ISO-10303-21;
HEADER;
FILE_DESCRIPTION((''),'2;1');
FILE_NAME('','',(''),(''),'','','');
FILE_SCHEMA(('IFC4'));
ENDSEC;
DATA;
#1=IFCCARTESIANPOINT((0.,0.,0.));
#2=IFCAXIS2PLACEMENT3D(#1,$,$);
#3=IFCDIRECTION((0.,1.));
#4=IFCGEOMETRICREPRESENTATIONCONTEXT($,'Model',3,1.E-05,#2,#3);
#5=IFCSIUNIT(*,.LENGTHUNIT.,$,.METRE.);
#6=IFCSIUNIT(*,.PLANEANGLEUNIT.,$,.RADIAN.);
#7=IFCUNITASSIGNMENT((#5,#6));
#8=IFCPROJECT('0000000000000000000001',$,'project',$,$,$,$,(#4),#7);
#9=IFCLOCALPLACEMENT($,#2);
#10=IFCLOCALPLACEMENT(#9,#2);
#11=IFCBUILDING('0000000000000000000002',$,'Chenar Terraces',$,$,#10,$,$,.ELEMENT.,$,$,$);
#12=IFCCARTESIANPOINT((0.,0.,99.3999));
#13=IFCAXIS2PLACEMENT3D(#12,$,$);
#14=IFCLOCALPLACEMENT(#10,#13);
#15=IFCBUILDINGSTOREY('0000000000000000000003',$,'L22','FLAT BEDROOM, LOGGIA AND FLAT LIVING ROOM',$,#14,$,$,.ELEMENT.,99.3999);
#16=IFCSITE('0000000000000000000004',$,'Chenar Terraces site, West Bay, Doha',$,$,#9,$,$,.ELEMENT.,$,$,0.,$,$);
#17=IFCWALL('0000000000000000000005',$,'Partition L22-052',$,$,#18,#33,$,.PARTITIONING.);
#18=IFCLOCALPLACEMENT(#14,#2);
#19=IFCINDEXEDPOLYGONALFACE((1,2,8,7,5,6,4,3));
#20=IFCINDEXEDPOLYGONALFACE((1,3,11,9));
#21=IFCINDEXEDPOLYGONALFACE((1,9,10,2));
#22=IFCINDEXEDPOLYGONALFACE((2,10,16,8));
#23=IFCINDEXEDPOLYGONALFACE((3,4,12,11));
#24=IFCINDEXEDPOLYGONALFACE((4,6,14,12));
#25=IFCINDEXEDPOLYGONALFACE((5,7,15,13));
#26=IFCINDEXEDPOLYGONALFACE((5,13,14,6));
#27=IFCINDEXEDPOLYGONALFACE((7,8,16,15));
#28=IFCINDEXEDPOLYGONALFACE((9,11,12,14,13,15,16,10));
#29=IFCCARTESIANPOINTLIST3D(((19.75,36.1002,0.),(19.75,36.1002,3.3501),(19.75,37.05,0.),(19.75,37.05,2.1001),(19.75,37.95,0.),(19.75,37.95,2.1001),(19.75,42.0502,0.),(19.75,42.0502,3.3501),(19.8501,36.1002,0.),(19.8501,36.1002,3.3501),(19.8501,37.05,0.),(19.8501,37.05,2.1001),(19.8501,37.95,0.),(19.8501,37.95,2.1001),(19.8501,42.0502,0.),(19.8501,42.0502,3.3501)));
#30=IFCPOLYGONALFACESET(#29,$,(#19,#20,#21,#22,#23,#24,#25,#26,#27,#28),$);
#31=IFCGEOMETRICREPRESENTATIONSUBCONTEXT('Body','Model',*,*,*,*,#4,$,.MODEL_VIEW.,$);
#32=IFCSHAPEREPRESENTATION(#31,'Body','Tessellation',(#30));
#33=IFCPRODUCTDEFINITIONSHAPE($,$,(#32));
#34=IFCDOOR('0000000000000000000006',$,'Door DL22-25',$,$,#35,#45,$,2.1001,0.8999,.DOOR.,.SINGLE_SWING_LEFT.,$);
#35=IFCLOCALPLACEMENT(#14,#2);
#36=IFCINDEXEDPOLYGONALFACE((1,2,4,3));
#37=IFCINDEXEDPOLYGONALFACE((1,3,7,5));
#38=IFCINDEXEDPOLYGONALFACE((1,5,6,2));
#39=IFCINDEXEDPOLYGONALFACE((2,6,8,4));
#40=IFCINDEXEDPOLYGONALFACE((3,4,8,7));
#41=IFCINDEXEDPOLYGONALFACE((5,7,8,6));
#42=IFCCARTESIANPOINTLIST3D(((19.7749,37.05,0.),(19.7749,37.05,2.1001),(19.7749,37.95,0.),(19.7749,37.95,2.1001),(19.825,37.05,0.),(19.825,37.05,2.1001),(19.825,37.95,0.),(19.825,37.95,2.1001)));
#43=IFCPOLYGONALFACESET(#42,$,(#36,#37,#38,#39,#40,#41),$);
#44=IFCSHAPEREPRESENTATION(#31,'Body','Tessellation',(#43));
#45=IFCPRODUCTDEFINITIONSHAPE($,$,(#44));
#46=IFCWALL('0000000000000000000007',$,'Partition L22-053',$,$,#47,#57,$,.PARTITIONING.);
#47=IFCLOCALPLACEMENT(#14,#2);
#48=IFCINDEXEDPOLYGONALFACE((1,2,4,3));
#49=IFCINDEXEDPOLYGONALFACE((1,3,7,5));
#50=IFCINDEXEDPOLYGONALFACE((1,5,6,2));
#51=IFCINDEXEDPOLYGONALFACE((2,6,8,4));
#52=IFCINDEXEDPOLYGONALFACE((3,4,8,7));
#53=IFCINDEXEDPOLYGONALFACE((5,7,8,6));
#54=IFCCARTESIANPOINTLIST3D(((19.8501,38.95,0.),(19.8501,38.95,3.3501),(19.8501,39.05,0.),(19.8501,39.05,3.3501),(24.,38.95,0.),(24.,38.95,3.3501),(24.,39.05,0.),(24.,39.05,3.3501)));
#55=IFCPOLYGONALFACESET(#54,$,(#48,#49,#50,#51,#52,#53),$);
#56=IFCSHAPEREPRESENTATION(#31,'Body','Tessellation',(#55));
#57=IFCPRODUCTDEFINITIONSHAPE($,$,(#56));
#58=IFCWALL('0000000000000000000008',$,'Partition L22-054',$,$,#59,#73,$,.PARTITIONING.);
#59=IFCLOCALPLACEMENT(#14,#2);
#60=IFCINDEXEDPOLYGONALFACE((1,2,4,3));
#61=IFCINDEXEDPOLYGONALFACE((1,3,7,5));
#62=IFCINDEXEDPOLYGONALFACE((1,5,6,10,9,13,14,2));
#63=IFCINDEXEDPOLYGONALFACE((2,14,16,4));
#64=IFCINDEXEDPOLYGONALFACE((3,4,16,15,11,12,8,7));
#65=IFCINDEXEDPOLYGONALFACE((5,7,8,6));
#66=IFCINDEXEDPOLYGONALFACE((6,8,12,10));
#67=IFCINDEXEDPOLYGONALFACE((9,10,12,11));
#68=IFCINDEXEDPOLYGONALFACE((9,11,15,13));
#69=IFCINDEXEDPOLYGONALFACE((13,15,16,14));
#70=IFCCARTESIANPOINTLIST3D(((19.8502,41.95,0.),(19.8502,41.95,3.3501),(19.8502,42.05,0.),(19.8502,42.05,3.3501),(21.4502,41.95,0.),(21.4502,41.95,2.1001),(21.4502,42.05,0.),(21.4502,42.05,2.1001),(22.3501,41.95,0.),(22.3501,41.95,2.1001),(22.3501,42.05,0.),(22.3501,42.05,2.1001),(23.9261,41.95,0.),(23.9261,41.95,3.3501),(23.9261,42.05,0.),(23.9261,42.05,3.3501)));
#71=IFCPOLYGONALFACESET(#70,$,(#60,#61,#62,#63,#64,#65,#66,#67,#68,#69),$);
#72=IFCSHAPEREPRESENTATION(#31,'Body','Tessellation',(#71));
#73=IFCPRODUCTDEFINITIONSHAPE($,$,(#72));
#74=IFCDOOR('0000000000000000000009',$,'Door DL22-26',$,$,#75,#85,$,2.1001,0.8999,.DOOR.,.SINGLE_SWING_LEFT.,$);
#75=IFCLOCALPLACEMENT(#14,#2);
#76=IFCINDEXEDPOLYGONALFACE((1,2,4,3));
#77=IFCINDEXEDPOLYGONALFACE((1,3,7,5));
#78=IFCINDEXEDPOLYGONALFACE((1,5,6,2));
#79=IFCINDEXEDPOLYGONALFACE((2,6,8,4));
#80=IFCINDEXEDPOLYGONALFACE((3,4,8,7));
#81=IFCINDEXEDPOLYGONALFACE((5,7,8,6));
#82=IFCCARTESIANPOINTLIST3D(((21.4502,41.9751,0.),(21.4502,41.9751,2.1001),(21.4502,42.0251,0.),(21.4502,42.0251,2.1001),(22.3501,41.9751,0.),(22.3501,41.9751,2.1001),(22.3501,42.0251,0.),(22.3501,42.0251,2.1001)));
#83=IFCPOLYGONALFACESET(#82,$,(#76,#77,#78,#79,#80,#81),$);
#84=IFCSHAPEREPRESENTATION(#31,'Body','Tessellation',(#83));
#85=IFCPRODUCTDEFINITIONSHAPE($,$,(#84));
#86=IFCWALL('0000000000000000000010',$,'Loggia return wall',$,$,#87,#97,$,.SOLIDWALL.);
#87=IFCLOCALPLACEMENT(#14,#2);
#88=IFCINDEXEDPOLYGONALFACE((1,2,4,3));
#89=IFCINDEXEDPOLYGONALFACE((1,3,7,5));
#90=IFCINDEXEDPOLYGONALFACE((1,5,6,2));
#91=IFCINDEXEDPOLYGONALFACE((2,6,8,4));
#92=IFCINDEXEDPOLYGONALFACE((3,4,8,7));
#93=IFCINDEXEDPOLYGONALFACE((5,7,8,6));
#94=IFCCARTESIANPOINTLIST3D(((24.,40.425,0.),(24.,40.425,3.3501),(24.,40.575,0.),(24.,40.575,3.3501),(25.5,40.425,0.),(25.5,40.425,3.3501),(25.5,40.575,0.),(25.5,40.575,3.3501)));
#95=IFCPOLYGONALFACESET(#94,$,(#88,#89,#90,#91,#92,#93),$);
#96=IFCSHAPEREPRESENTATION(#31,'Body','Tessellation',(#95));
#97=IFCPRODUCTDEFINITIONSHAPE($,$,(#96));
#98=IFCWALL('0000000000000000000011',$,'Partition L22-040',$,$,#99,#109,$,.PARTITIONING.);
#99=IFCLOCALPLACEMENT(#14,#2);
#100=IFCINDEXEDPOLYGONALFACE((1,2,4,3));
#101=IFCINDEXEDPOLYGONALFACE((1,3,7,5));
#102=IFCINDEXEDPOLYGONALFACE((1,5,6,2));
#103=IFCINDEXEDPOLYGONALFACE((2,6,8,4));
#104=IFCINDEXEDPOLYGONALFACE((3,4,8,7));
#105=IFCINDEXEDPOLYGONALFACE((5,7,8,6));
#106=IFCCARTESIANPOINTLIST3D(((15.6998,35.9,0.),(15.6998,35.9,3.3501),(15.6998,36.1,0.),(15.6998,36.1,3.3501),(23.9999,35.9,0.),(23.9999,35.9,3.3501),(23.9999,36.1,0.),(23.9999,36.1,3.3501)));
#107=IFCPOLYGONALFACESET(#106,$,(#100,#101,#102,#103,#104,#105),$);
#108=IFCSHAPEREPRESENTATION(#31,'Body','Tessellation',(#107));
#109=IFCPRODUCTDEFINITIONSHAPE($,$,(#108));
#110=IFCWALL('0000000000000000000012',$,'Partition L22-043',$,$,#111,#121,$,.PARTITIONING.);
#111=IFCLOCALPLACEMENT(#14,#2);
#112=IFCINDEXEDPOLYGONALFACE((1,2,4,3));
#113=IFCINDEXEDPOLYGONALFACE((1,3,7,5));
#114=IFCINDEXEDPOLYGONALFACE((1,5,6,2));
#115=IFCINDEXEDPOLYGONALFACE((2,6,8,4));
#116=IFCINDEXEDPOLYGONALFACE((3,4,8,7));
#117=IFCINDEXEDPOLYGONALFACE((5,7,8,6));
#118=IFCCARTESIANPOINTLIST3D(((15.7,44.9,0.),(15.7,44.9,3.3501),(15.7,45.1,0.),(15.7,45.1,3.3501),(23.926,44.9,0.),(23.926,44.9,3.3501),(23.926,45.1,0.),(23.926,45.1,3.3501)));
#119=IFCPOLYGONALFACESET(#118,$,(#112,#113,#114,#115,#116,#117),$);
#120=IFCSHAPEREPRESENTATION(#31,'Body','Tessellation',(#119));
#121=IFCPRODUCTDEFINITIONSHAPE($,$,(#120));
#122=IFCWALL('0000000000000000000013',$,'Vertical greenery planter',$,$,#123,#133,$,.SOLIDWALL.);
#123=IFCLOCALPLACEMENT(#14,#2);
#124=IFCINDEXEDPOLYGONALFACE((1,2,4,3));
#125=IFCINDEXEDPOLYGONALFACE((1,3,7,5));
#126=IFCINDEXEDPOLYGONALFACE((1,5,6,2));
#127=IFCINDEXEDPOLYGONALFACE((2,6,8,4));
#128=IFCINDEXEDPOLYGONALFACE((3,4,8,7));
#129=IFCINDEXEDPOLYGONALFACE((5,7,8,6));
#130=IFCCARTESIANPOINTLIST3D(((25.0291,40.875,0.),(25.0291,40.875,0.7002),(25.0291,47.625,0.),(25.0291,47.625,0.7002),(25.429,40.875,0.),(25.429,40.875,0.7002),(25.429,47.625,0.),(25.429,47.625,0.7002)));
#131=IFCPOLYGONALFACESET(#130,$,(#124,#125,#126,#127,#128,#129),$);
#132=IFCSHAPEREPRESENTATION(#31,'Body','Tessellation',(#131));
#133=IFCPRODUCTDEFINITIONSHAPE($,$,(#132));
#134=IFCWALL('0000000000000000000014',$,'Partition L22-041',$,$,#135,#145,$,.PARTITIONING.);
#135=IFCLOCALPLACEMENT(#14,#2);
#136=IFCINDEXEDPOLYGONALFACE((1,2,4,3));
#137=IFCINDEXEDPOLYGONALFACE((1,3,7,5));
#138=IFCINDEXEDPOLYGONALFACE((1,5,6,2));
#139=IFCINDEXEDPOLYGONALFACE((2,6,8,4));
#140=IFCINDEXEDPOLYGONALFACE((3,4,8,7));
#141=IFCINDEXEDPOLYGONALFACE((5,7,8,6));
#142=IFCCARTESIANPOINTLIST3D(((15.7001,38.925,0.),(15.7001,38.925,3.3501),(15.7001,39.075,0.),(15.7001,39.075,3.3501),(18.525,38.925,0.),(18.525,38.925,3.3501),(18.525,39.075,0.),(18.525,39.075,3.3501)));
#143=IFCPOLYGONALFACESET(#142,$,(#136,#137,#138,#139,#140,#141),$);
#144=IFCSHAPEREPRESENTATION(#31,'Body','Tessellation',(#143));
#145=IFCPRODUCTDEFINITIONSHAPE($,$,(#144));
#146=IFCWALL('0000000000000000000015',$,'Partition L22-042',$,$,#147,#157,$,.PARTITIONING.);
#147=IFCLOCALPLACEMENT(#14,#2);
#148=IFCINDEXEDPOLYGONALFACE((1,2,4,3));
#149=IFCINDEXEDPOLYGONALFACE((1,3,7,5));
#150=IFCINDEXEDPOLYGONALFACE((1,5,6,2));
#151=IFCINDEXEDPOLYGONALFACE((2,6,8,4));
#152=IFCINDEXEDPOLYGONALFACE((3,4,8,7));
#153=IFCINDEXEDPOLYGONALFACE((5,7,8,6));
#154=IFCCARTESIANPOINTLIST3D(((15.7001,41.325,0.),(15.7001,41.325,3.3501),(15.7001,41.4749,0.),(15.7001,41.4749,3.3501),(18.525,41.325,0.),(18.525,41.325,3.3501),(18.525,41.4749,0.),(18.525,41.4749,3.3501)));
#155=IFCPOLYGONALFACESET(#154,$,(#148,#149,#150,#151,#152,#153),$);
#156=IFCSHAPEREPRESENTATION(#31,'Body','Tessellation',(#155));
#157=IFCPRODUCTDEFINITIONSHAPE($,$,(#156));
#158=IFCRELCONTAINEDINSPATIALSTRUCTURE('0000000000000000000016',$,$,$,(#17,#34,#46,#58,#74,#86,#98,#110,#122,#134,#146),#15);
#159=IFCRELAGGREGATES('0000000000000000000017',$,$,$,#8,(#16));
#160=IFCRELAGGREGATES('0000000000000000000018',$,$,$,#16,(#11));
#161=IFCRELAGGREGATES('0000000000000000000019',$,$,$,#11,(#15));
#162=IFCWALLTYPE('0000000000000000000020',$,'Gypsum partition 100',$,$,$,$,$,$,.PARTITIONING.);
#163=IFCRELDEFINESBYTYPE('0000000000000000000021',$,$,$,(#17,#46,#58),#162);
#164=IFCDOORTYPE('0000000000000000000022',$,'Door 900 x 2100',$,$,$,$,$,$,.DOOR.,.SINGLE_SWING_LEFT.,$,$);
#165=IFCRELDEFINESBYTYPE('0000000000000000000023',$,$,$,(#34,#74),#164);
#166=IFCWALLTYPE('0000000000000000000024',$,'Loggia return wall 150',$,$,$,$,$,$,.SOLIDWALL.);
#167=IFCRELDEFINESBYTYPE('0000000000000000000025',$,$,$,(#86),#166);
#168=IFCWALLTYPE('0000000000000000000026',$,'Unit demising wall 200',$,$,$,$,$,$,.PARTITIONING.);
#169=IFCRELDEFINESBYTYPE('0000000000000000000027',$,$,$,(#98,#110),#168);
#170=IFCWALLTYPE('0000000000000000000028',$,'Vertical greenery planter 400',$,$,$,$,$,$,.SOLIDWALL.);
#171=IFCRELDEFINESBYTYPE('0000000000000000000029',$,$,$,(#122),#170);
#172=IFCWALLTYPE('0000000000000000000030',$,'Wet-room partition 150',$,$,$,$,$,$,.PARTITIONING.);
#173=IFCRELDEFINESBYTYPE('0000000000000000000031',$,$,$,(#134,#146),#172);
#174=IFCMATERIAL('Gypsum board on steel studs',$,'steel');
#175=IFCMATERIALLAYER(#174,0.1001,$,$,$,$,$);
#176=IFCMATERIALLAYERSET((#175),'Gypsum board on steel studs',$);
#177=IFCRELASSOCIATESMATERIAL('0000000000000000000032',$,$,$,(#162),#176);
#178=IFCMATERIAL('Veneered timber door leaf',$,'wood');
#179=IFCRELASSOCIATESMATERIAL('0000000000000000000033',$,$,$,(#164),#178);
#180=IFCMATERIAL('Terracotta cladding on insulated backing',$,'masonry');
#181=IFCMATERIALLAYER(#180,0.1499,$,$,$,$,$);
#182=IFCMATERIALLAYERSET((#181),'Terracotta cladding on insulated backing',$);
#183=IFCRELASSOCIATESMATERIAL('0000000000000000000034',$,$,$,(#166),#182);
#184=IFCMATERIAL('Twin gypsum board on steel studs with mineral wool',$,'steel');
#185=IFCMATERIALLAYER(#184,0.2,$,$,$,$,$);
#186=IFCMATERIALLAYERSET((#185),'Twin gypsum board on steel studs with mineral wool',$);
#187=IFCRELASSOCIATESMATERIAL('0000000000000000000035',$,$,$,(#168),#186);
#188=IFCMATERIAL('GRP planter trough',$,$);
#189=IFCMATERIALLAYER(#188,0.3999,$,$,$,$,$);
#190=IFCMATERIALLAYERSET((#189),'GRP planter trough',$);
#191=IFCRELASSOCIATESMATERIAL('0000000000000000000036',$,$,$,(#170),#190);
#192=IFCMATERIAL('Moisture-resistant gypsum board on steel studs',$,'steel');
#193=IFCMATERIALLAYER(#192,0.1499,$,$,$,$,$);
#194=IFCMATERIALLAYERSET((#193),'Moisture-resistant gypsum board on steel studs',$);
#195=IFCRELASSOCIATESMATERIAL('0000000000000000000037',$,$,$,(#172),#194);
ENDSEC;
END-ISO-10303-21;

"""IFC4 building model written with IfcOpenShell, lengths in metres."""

from ifc_helpers import new_model, si_unit, direction, frame, frame_2d, origin, place, context, subcontext, project, spatial, rectangle, extrude, material, layer, layer_set, type_object, element, fill, save


model = new_model("IFC4")

# Units and contexts
model_context = context("Model", 3, precision=1e-05, world=origin(), true_north=direction((0.0, 1.0)))
body_context = subcontext(model_context, "Body", "Model", "MODEL_VIEW")
ifc_project = project(units=[si_unit("LENGTHUNIT", "METRE"), si_unit("PLANEANGLEUNIT", "RADIAN")], contexts=[model_context])

# Site, building, storey
site_placement = place(None, origin())
site = spatial("IfcSite", under=ifc_project, at=site_placement, Name="Chenar Terraces site, West Bay, Doha", CompositionType="ELEMENT", RefElevation=0.0)
building_placement = place(site_placement, origin())
building = spatial("IfcBuilding", under=site, at=building_placement, Name="Chenar Terraces", CompositionType="ELEMENT")
storey_placement = place(building_placement, frame((0.0, 0.0, 99.3999)))
storey = spatial("IfcBuildingStorey", under=building, at=storey_placement, Name="L22", Description="FLAT BEDROOM, LOGGIA AND FLAT LIVING ROOM", CompositionType="ELEMENT", Elevation=99.3999)

# Wall, opening, door
ifc_material_1 = material(Name="Gypsum board on steel studs", Category="steel")
ifc_layer_1 = layer(ifc_material_1, 0.1001)
ifc_layer_set_1 = layer_set([ifc_layer_1], Name="Gypsum board on steel studs")
wall_type_1 = type_object("IfcWallType", Name="Gypsum partition 100", PredefinedType="PARTITIONING", material=ifc_layer_set_1)
wall_1_placement = place(storey_placement, frame((19.8, 36.1001, 0.0), z_axis=(0.0, 0.0, 1.0), x_axis=(0.0, 1.0, 0.0)))
wall_1 = element("IfcWall", 1, at=wall_1_placement, inside=storey, type_object=wall_type_1, Name="Partition L22-052", PredefinedType="PARTITIONING", context=body_context, shape_type="SweptSolid", body=[
    extrude(rectangle(XDim=5.95, YDim=0.1001, at=frame_2d((2.9751, 0.0))), origin(), (0.0, 0.0, 1.0), 3.3501),
])
opening_1_placement = place(wall_1_placement, frame((0.95, 0.0, 0.0)))
opening_1 = element("IfcOpeningElement", 2, at=opening_1_placement, cuts=wall_1, PredefinedType="OPENING", context=body_context, shape_type="SweptSolid", body=[
    extrude(rectangle(XDim=0.8999, YDim=2.1001, at=frame_2d((0.45, 1.05))), frame((0.0, 0.0601, 0.0), z_axis=(0.0, -1.0, 0.0), x_axis=(1.0, 0.0, 0.0)), (0.0, 0.0, 1.0), 0.1201),
])
ifc_material_2 = material(Name="Veneered timber door leaf", Category="wood")
door_type_1 = type_object("IfcDoorType", Name="Door 900 x 2100", OperationType="SINGLE_SWING_LEFT", PredefinedType="DOOR", material=ifc_material_2)
door_1_placement = place(opening_1_placement, frame((0.8999, 0.0, 0.0), z_axis=(0.0, 0.0, 1.0), x_axis=(-1.0, 0.0, 0.0)))
door_1 = element("IfcDoor", 3, at=door_1_placement, inside=storey, type_object=door_type_1, Name="Door DL22-25", OperationType="SINGLE_SWING_LEFT", OverallHeight=2.1001, OverallWidth=0.8999, PredefinedType="DOOR", context=body_context, shape_type="SweptSolid", body=[
    extrude(rectangle(XDim=0.8999, YDim=2.1001, at=frame_2d((0.45, 1.05))), frame((0.0, 0.0249, 0.0), z_axis=(0.0, -1.0, 0.0), x_axis=(1.0, 0.0, 0.0)), (0.0, 0.0, 1.0), 0.05),
])
fill(opening_1, door_1)

# Wall
wall_2_placement = place(storey_placement, frame((19.8501, 39.0, 0.0), z_axis=(0.0, 0.0, 1.0), x_axis=(1.0, 0.0, 0.0)))
element("IfcWall", 4, at=wall_2_placement, inside=storey, type_object=wall_type_1, Name="Partition L22-053", PredefinedType="PARTITIONING", context=body_context, shape_type="SweptSolid", body=[
    extrude(rectangle(XDim=4.1499, YDim=0.1001, at=frame_2d((2.075, 0.0))), origin(), (0.0, 0.0, 1.0), 3.3501),
])

# Wall, opening, door
wall_3_placement = place(storey_placement, frame((19.8501, 42.0, 0.0), z_axis=(0.0, 0.0, 1.0), x_axis=(1.0, 0.0, 0.0)))
wall_3 = element("IfcWall", 5, at=wall_3_placement, inside=storey, type_object=wall_type_1, Name="Partition L22-054", PredefinedType="PARTITIONING", context=body_context, shape_type="SweptSolid", body=[
    extrude(rectangle(XDim=4.0759, YDim=0.1001, at=frame_2d((2.0381, 0.0))), origin(), (0.0, 0.0, 1.0), 3.3501),
])
opening_2_placement = place(wall_3_placement, frame((1.6001, 0.0, 0.0)))
opening_2 = element("IfcOpeningElement", 6, at=opening_2_placement, cuts=wall_3, PredefinedType="OPENING", context=body_context, shape_type="SweptSolid", body=[
    extrude(rectangle(XDim=0.8999, YDim=2.1001, at=frame_2d((0.45, 1.05))), frame((0.0, 0.0601, 0.0), z_axis=(0.0, -1.0, 0.0), x_axis=(1.0, 0.0, 0.0)), (0.0, 0.0, 1.0), 0.1201),
])
door_2_placement = place(opening_2_placement, frame((0.8999, 0.0, 0.0), z_axis=(0.0, 0.0, 1.0), x_axis=(-1.0, 0.0, 0.0)))
door_2 = element("IfcDoor", 7, at=door_2_placement, inside=storey, type_object=door_type_1, Name="Door DL22-26", OperationType="SINGLE_SWING_LEFT", OverallHeight=2.1001, OverallWidth=0.8999, PredefinedType="DOOR", context=body_context, shape_type="SweptSolid", body=[
    extrude(rectangle(XDim=0.8999, YDim=2.1001, at=frame_2d((0.45, 1.05))), frame((0.0, 0.0249, 0.0), z_axis=(0.0, -1.0, 0.0), x_axis=(1.0, 0.0, 0.0)), (0.0, 0.0, 1.0), 0.05),
])
fill(opening_2, door_2)

# Walls
ifc_material_3 = material(Name="Terracotta cladding on insulated backing", Category="masonry")
ifc_layer_2 = layer(ifc_material_3, 0.1499)
ifc_layer_set_2 = layer_set([ifc_layer_2], Name="Terracotta cladding on insulated backing")
wall_type_2 = type_object("IfcWallType", Name="Loggia return wall 150", PredefinedType="SOLIDWALL", material=ifc_layer_set_2)
wall_4_placement = place(storey_placement, frame((25.5, 40.5, 0.0), z_axis=(0.0, 0.0, 1.0), x_axis=(-1.0, 0.0, 0.0)))
element("IfcWall", 8, at=wall_4_placement, inside=storey, type_object=wall_type_2, Name="Loggia return wall", PredefinedType="SOLIDWALL", context=body_context, shape_type="SweptSolid", body=[
    extrude(rectangle(XDim=1.5, YDim=0.1499, at=frame_2d((0.75, 0.0))), origin(), (0.0, 0.0, 1.0), 3.3501),
])
ifc_material_4 = material(Name="Twin gypsum board on steel studs with mineral wool", Category="steel")
ifc_layer_3 = layer(ifc_material_4, 0.2)
ifc_layer_set_3 = layer_set([ifc_layer_3], Name="Twin gypsum board on steel studs with mineral wool")
wall_type_3 = type_object("IfcWallType", Name="Unit demising wall 200", PredefinedType="PARTITIONING", material=ifc_layer_set_3)
wall_5_placement = place(storey_placement, frame((15.7, 36.0, 0.0), z_axis=(0.0, 0.0, 1.0), x_axis=(1.0, 0.0, 0.0)))
element("IfcWall", 9, at=wall_5_placement, inside=storey, type_object=wall_type_3, Name="Partition L22-040", PredefinedType="PARTITIONING", context=body_context, shape_type="SweptSolid", body=[
    extrude(rectangle(XDim=8.3, YDim=0.2, at=frame_2d((4.1499, 0.0))), origin(), (0.0, 0.0, 1.0), 3.3501),
])
wall_6_placement = place(storey_placement, frame((15.7, 45.0, 0.0), z_axis=(0.0, 0.0, 1.0), x_axis=(1.0, 0.0, 0.0)))
element("IfcWall", 10, at=wall_6_placement, inside=storey, type_object=wall_type_3, Name="Partition L22-043", PredefinedType="PARTITIONING", context=body_context, shape_type="SweptSolid", body=[
    extrude(rectangle(XDim=8.2261, YDim=0.2, at=frame_2d((4.113, 0.0))), origin(), (0.0, 0.0, 1.0), 3.3501),
])
ifc_material_5 = material(Name="GRP planter trough")
ifc_layer_4 = layer(ifc_material_5, 0.3999)
ifc_layer_set_4 = layer_set([ifc_layer_4], Name="GRP planter trough")
wall_type_4 = type_object("IfcWallType", Name="Vertical greenery planter 400", PredefinedType="SOLIDWALL", material=ifc_layer_set_4)
wall_7_placement = place(storey_placement, frame((25.229, 40.875, 0.0), z_axis=(0.0, 0.0, 1.0), x_axis=(0.0, 1.0, 0.0)))
element("IfcWall", 11, at=wall_7_placement, inside=storey, type_object=wall_type_4, Name="Vertical greenery planter", PredefinedType="SOLIDWALL", context=body_context, shape_type="SweptSolid", body=[
    extrude(rectangle(XDim=6.75, YDim=0.3999, at=frame_2d((3.375, 0.0))), origin(), (0.0, 0.0, 1.0), 0.7002),
])
ifc_material_6 = material(Name="Moisture-resistant gypsum board on steel studs", Category="steel")
ifc_layer_5 = layer(ifc_material_6, 0.1499)
ifc_layer_set_5 = layer_set([ifc_layer_5], Name="Moisture-resistant gypsum board on steel studs")
wall_type_5 = type_object("IfcWallType", Name="Wet-room partition 150", PredefinedType="PARTITIONING", material=ifc_layer_set_5)
for number, where, z_axis, x_axis, name in (
    (12, (15.7, 39.0, 0.0), (0.0, 0.0, 1.0), (1.0, 0.0, 0.0), "Partition L22-041"),
    (13, (15.7, 41.3999, 0.0), (0.0, 0.0, 1.0), (1.0, 0.0, 0.0), "Partition L22-042"),
):
    element("IfcWall", number, at=place(storey_placement, frame(where, z_axis=z_axis, x_axis=x_axis)), inside=storey, type_object=wall_type_5, Name=name, PredefinedType="PARTITIONING", context=body_context, shape_type="SweptSolid", body=[
        extrude(rectangle(XDim=2.825, YDim=0.1499, at=frame_2d((1.4126, 0.0))), origin(), (0.0, 0.0, 1.0), 3.3501),
    ])

save(model, "model.ifc")
